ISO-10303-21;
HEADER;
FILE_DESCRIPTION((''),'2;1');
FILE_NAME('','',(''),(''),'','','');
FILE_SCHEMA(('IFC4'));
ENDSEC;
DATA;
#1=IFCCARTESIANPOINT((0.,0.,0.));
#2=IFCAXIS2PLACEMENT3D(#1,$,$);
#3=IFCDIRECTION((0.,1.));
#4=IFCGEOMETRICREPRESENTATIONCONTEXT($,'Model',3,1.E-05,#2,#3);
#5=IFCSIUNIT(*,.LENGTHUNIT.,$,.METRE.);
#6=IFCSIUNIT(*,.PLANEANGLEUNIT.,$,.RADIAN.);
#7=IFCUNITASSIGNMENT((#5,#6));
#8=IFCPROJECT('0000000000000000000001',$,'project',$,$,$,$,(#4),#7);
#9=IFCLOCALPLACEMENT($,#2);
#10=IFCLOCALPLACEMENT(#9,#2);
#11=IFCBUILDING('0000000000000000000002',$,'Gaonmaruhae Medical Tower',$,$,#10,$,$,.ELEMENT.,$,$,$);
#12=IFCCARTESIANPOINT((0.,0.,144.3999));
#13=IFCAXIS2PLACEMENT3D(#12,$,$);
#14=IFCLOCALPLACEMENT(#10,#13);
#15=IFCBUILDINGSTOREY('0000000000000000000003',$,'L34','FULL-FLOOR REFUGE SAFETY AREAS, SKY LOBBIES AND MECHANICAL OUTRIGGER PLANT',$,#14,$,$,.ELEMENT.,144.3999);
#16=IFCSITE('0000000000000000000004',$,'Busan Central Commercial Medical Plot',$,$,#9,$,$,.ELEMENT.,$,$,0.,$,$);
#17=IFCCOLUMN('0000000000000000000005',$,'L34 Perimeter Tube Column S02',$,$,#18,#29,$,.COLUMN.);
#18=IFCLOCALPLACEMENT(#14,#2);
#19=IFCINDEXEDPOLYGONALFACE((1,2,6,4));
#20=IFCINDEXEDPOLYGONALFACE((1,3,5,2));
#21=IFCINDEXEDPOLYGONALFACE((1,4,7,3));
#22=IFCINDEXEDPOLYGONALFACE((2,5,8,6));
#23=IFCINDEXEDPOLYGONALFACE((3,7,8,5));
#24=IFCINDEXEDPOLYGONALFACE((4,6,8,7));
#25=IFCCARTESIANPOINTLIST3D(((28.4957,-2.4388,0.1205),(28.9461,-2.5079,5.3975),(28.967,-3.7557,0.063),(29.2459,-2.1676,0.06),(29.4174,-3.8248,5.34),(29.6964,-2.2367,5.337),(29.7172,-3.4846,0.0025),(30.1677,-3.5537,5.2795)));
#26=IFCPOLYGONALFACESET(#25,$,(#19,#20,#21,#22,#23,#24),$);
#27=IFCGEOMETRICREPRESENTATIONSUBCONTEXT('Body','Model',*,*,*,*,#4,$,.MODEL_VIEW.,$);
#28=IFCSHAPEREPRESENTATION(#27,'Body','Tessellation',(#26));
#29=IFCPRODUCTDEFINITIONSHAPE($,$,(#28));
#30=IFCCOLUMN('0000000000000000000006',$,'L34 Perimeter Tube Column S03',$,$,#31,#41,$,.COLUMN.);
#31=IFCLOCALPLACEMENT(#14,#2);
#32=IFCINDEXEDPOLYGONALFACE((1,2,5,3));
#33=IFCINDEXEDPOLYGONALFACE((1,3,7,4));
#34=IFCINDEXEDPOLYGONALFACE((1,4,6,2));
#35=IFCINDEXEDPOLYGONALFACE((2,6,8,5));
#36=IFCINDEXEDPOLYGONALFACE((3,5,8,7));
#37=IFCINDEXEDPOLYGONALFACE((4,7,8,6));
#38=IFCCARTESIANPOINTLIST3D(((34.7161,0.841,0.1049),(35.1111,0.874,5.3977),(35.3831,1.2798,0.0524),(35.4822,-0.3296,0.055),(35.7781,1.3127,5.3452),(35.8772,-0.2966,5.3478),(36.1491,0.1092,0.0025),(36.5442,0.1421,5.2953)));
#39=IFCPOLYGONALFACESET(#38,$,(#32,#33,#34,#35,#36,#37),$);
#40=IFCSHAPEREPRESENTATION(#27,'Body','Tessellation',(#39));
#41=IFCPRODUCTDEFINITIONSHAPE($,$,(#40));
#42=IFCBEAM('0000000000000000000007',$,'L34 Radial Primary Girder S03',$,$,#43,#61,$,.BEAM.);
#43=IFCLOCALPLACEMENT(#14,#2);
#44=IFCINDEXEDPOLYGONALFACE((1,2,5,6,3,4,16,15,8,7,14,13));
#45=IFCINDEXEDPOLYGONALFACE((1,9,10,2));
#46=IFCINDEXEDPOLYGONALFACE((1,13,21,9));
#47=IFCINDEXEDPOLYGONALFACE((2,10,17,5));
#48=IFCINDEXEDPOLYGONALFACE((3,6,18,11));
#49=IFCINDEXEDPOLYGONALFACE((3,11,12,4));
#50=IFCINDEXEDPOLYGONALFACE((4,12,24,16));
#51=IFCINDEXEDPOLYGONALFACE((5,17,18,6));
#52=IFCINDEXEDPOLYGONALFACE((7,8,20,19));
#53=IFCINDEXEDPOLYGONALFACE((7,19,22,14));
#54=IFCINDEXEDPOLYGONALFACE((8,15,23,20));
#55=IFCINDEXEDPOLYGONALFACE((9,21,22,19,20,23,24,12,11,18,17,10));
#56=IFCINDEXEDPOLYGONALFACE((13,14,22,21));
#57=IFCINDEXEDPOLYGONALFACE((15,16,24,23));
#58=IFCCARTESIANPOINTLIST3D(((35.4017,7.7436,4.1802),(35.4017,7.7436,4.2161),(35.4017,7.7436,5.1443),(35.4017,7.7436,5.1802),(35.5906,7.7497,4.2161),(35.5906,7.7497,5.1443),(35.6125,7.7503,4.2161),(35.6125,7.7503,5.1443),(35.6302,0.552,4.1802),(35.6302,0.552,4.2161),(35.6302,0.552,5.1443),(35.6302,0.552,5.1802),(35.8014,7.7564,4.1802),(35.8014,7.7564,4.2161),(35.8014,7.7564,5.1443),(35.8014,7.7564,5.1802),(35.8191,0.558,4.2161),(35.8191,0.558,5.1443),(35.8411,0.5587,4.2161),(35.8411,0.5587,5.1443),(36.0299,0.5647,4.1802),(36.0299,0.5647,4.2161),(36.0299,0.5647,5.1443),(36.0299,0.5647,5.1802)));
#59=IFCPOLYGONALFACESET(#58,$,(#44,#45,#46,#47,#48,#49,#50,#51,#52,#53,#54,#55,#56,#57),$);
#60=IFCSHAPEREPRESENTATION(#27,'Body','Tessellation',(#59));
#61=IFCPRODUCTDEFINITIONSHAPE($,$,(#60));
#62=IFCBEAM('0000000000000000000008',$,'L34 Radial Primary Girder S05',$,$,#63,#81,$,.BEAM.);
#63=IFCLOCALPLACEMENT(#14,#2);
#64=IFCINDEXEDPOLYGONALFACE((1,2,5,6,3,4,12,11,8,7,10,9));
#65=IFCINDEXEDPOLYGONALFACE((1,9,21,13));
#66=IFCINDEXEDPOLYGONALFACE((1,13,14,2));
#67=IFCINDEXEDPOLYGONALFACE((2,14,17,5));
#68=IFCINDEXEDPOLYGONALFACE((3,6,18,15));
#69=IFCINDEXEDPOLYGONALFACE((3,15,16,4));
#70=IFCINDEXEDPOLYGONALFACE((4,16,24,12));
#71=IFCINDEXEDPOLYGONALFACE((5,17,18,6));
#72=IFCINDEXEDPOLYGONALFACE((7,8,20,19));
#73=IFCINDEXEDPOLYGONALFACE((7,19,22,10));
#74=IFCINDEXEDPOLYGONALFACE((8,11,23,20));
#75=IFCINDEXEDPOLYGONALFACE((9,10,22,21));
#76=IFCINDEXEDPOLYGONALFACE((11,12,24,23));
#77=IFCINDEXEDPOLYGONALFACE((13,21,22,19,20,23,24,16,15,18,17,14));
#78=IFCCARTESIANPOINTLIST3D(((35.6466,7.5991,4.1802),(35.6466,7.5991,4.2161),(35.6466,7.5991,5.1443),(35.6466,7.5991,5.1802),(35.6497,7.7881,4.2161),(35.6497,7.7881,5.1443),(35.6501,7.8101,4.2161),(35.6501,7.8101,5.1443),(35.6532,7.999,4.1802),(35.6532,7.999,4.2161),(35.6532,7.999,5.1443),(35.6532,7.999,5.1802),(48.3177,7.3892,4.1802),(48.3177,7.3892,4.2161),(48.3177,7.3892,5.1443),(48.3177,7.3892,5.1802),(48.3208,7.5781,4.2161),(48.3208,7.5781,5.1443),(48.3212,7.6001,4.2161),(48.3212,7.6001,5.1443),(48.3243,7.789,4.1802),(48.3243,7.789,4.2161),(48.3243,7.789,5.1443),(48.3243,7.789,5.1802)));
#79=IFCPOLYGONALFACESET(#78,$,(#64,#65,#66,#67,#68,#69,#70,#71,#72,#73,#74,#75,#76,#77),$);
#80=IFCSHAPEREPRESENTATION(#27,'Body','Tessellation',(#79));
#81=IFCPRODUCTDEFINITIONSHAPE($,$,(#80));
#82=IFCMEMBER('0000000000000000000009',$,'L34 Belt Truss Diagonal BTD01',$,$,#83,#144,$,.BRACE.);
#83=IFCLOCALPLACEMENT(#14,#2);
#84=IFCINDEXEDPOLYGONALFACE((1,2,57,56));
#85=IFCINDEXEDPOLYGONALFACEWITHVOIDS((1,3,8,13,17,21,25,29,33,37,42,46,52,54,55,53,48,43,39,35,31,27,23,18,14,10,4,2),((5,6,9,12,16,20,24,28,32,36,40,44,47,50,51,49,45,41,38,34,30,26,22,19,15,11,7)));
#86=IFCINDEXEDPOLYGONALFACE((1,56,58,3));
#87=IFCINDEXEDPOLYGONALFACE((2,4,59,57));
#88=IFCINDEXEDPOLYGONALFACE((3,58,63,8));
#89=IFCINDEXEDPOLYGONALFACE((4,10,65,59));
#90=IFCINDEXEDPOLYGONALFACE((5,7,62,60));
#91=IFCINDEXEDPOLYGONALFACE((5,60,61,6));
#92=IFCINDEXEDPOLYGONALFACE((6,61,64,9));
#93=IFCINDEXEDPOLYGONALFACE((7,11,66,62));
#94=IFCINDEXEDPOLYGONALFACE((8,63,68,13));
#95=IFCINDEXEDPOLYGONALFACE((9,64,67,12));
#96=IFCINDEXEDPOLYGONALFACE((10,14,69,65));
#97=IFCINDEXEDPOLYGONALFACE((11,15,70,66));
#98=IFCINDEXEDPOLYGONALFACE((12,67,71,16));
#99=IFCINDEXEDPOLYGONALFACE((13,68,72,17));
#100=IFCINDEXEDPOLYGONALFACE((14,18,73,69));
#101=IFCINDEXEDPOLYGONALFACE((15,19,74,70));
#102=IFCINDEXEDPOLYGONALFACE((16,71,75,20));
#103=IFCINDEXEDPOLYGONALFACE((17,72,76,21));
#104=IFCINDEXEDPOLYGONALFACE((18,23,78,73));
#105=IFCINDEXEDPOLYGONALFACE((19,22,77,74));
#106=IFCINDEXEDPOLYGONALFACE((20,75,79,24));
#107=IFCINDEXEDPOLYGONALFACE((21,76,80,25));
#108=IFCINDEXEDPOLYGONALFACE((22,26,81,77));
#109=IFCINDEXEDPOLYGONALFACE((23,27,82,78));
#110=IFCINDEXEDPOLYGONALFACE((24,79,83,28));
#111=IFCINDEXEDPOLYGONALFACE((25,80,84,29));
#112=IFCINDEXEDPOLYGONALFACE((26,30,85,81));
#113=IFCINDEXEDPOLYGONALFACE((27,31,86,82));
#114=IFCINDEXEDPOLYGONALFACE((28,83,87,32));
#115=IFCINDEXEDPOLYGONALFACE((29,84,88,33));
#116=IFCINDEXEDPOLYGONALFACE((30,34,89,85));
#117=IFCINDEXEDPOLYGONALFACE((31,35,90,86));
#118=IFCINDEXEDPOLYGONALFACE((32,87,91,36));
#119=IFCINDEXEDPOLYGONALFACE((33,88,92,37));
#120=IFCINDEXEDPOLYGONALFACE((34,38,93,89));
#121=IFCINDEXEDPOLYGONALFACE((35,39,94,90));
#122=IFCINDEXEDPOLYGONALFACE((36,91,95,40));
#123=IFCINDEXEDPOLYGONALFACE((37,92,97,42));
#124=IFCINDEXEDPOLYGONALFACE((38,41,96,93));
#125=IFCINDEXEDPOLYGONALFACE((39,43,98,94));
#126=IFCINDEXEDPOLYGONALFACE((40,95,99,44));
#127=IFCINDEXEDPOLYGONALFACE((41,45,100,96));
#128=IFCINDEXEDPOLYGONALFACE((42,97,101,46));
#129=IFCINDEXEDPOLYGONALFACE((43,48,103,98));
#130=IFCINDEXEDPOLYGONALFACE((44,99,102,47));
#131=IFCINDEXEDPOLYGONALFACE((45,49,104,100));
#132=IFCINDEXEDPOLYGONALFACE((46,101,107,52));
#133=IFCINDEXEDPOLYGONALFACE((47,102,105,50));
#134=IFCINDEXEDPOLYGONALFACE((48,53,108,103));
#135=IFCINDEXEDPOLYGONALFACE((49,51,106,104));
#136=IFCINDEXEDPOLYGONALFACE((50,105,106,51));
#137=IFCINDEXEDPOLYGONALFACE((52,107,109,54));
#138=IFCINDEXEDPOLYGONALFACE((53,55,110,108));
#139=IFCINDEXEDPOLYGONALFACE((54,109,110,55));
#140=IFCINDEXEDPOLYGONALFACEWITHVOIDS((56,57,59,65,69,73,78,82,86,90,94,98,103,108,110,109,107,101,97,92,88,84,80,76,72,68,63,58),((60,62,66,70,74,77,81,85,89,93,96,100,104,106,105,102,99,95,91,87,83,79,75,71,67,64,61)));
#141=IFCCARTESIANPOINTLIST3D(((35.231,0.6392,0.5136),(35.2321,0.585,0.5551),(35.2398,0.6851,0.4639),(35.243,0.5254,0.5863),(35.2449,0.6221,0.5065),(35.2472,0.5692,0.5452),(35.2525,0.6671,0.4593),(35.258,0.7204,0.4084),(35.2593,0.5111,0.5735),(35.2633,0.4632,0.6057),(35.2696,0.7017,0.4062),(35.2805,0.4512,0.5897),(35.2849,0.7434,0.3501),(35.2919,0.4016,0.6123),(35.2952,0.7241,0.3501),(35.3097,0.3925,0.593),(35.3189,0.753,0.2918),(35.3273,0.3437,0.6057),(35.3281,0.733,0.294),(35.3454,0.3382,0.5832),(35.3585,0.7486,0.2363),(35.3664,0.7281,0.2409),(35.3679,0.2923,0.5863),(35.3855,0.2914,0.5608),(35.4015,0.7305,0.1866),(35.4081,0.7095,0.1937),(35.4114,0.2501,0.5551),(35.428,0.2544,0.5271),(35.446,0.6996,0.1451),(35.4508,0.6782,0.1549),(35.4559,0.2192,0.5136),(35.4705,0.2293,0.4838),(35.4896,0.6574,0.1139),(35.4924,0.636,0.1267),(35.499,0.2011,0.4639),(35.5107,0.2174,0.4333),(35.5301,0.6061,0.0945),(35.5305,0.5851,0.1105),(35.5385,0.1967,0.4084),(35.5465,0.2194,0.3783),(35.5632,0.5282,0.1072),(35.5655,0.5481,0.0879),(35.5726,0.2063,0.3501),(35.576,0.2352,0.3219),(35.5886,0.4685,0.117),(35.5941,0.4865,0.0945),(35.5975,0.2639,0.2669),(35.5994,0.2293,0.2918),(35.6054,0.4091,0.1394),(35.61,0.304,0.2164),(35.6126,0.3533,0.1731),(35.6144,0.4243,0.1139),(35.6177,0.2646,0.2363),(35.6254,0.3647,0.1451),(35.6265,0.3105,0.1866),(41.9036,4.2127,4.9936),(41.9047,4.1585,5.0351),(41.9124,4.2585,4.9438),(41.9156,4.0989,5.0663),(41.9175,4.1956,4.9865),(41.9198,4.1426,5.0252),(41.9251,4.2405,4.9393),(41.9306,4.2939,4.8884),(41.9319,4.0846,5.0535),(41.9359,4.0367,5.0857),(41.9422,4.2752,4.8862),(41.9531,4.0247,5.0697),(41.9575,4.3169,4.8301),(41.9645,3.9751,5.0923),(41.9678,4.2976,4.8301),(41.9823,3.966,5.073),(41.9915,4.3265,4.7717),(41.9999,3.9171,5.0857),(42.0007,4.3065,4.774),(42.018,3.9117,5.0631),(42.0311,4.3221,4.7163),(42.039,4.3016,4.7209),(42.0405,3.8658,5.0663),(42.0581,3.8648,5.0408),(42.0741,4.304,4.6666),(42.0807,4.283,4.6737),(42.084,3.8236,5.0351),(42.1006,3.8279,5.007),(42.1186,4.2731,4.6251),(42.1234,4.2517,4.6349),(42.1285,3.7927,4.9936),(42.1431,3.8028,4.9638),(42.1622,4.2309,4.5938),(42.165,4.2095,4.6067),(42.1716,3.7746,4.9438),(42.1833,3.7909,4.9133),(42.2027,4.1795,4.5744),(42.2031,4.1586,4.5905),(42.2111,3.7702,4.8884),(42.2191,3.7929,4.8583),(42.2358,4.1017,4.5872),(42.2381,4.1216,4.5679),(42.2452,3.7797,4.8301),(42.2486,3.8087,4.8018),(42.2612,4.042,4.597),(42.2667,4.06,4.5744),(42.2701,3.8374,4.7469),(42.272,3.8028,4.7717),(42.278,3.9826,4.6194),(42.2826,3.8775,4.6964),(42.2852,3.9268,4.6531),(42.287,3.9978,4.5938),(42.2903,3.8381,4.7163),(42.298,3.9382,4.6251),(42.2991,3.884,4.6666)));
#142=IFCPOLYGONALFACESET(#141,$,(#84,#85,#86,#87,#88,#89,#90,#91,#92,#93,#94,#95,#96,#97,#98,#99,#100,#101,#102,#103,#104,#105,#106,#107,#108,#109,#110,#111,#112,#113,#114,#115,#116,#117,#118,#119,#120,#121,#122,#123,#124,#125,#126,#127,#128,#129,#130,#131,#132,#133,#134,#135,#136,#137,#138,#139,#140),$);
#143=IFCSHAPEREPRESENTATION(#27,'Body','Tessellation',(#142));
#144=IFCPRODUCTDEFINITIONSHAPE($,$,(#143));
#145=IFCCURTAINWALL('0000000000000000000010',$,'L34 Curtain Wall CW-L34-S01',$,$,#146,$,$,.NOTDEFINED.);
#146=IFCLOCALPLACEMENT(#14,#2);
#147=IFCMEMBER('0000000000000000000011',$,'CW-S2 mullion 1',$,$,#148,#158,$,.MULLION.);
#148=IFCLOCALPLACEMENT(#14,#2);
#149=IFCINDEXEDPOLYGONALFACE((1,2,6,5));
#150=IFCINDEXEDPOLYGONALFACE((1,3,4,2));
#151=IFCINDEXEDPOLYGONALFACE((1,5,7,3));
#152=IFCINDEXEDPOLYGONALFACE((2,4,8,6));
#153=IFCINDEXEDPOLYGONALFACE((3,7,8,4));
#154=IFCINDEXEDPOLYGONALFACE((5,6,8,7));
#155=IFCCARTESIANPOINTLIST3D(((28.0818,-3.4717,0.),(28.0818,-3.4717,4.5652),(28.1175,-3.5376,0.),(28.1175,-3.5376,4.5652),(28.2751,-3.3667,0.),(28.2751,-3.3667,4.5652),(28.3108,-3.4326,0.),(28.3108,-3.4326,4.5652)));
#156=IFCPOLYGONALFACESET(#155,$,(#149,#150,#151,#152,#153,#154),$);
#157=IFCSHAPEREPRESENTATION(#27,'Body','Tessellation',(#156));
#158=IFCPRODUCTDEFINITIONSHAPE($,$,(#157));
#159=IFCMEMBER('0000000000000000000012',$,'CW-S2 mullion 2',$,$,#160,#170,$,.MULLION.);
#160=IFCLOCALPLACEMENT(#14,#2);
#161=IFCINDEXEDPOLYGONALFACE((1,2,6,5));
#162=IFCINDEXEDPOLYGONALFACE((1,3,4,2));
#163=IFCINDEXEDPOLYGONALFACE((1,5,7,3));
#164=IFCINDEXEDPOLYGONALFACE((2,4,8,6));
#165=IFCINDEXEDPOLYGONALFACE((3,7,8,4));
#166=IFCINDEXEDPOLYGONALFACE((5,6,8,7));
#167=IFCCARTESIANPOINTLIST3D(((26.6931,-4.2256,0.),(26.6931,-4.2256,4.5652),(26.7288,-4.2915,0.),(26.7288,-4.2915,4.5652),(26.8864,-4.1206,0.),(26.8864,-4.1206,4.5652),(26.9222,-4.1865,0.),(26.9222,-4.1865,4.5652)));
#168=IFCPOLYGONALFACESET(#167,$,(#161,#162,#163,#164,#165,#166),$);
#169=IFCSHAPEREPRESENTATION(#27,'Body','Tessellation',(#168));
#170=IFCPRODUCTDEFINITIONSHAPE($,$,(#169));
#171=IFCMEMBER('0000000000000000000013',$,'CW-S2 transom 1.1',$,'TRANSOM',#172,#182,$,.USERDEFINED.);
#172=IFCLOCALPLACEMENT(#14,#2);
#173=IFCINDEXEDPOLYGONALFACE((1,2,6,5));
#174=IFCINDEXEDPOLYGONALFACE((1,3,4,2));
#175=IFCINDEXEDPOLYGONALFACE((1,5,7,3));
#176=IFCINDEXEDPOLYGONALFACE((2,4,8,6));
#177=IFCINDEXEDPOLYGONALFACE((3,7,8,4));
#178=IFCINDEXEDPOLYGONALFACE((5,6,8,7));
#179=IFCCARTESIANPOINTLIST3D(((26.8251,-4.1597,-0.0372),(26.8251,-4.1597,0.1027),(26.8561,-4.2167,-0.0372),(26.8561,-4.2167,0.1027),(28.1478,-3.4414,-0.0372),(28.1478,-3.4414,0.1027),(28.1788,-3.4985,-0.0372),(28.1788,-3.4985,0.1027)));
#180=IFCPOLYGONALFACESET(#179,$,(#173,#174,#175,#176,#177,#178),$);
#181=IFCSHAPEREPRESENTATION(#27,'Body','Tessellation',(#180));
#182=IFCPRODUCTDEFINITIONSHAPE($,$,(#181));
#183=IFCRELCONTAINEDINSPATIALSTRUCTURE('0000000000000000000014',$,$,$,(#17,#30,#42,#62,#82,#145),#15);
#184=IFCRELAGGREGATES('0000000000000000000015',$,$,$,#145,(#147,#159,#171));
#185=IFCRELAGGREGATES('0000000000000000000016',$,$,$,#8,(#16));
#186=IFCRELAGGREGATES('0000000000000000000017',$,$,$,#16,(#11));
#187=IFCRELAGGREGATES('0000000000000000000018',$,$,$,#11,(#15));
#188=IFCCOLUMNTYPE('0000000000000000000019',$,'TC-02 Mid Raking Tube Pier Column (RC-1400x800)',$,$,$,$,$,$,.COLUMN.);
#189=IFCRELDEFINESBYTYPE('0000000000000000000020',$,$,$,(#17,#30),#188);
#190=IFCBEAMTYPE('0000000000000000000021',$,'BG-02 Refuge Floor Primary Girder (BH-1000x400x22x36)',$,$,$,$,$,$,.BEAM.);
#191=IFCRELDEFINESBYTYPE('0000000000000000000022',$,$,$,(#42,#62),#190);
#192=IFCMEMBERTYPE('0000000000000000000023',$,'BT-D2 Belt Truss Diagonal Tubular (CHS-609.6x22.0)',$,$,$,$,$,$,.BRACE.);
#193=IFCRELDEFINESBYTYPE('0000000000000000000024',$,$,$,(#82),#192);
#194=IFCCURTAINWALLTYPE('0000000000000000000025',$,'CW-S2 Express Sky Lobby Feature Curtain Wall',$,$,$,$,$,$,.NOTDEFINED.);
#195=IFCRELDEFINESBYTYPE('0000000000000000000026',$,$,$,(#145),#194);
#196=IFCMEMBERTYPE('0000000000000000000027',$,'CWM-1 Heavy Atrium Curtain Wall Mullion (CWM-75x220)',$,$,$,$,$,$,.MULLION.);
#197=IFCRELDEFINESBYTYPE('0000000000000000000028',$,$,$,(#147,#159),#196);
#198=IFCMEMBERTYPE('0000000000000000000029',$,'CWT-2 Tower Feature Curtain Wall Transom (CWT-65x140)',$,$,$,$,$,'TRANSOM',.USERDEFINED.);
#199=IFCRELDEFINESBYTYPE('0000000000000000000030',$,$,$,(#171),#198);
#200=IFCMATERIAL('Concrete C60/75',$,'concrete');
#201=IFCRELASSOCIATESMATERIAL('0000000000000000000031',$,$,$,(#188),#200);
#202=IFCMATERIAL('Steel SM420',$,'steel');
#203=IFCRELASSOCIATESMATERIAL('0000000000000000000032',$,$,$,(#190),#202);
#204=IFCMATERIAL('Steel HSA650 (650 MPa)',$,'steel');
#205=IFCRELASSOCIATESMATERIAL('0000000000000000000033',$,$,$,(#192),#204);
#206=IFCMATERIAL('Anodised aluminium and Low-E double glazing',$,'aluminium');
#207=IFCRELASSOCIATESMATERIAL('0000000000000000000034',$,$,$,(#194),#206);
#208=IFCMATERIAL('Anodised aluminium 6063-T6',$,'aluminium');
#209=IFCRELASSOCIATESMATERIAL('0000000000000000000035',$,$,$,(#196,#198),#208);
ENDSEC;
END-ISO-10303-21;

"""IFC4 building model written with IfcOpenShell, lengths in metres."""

from ifc_helpers import new_model, si_unit, direction, frame, origin, origin_2d, place, context, subcontext, project, spatial, rectangle, hollow_circle, i_section, extrude, material, material_profile, profile_set, type_object, element, aggregate, save


model = new_model("IFC4")

# Units and contexts
model_context = context("Model", 3, precision=1e-05, world=origin(), true_north=direction((0.0, 1.0)))
body_context = subcontext(model_context, "Body", "Model", "MODEL_VIEW")
ifc_project = project(units=[si_unit("LENGTHUNIT", "METRE"), si_unit("PLANEANGLEUNIT", "RADIAN")], contexts=[model_context])

# Site, building, storey
site_placement = place(None, origin())
site = spatial("IfcSite", under=ifc_project, at=site_placement, Name="Busan Central Commercial Medical Plot", CompositionType="ELEMENT", RefElevation=0.0)
building_placement = place(site_placement, origin())
building = spatial("IfcBuilding", under=site, at=building_placement, Name="Gaonmaruhae Medical Tower", CompositionType="ELEMENT")
storey_placement = place(building_placement, frame((0.0, 0.0, 144.3999)))
storey = spatial("IfcBuildingStorey", under=building, at=storey_placement, Name="L34", Description="FULL-FLOOR REFUGE SAFETY AREAS, SKY LOBBIES AND MECHANICAL OUTRIGGER PLANT", CompositionType="ELEMENT", Elevation=144.3999)

# Columns
ifc_material_1 = material(Name="Concrete C60/75", Category="concrete")
ifc_material_profile_1 = material_profile(ifc_material_1, rectangle(XDim=1.3999, YDim=0.8, at=origin_2d()), Name="RC-1400x800")
ifc_profile_set_1 = profile_set([ifc_material_profile_1], Name="Concrete C60/75")
column_type = type_object("IfcColumnType", Name="TC-02 Mid Raking Tube Pier Column (RC-1400x800)", PredefinedType="COLUMN", material=ifc_profile_set_1)
column_1_placement = place(storey_placement, frame((29.1064, -2.9617, 0.0615), z_axis=(0.085041, -0.013044, 0.996292), x_axis=(-0.336653, 0.940734, 0.041053)))
element("IfcColumn", 1, at=column_1_placement, inside=storey, type_object=column_type, Name="L34 Perimeter Tube Column S02", PredefinedType="COLUMN", context=body_context, shape_type="SweptSolid", body=[
    extrude(rectangle(XDim=1.3999, YDim=0.8, at=origin_2d()), origin(), (0.0, 0.0, 1.0), 5.2966),
])
column_2_placement = place(storey_placement, frame((35.4326, 0.4751, 0.0537), z_axis=(0.074426, 0.00621, 0.997207), x_axis=(-0.54725, 0.83621, 0.035636)))
element("IfcColumn", 2, at=column_2_placement, inside=storey, type_object=column_type, Name="L34 Perimeter Tube Column S03", PredefinedType="COLUMN", context=body_context, shape_type="SweptSolid", body=[
    extrude(rectangle(XDim=1.3999, YDim=0.8, at=origin_2d()), origin(), (0.0, 0.0, 1.0), 5.3076),
])

# Beams
ifc_material_2 = material(Name="Steel SM420", Category="steel")
ifc_material_profile_2 = material_profile(ifc_material_2, i_section(OverallWidth=0.3999, OverallDepth=1.0, WebThickness=0.022, FlangeThickness=0.0359, at=origin_2d()), Name="BH-1000x400x22x36")
ifc_profile_set_2 = profile_set([ifc_material_profile_2], Name="Steel SM420")
beam_type_1 = type_object("IfcBeamType", Name="BG-02 Refuge Floor Primary Girder (BH-1000x400x22x36)", PredefinedType="BEAM", material=ifc_profile_set_2)
beam_1_placement = place(storey_placement, frame((35.6016, 7.75, 4.6802), z_axis=(0.031759, -0.999496, 0.0), x_axis=(0.999496, 0.031759, 0.0)))
element("IfcBeam", 3, at=beam_1_placement, inside=storey, type_object=beam_type_1, Name="L34 Radial Primary Girder S03", PredefinedType="BEAM", context=body_context, shape_type="SweptSolid", body=[
    extrude(i_section(OverallWidth=0.3999, OverallDepth=1.0, WebThickness=0.022, FlangeThickness=0.0359, at=origin_2d()), origin(), (0.0, 0.0, 1.0), 7.1953),
])
beam_2_placement = place(storey_placement, frame((35.6499, 7.7991, 4.6802), z_axis=(0.999863, -0.016568, 0.0), x_axis=(0.016568, 0.999863, 0.0)))
element("IfcBeam", 4, at=beam_2_placement, inside=storey, type_object=beam_type_1, Name="L34 Radial Primary Girder S05", PredefinedType="BEAM", context=body_context, shape_type="SweptSolid", body=[
    extrude(i_section(OverallWidth=0.3999, OverallDepth=1.0, WebThickness=0.022, FlangeThickness=0.0359, at=origin_2d()), origin(), (0.0, 0.0, 1.0), 12.6729),
])

# Member
ifc_material_3 = material(Name="Steel HSA650 (650 MPa)", Category="steel")
ifc_material_profile_3 = material_profile(ifc_material_3, hollow_circle(Radius=0.3047, WallThickness=0.022, at=origin_2d()), Name="CHS-609.6x22.0")
ifc_profile_set_3 = profile_set([ifc_material_profile_3], Name="Steel HSA650 (650 MPa)")
member_type_1 = type_object("IfcMemberType", Name="BT-D2 Belt Truss Diagonal Tubular (CHS-609.6x22.0)", PredefinedType="BRACE", material=ifc_profile_set_3)
member_1_placement = place(storey_placement, frame((35.4287, 0.4749, 0.3501), z_axis=(0.758625, 0.406278, 0.50934), x_axis=(-0.472106, 0.881542, 0.0)))
element("IfcMember", 5, at=member_1_placement, inside=storey, type_object=member_type_1, Name="L34 Belt Truss Diagonal BTD01", PredefinedType="BRACE", context=body_context, shape_type="SweptSolid", body=[
    extrude(hollow_circle(Radius=0.3047, WallThickness=0.022, at=origin_2d()), origin(), (0.0, 0.0, 1.0), 8.7957),
])

# Curtain wall, members
ifc_material_4 = material(Name="Anodised aluminium and Low-E double glazing", Category="aluminium")
curtain_wall_type = type_object("IfcCurtainWallType", Name="CW-S2 Express Sky Lobby Feature Curtain Wall", PredefinedType="NOTDEFINED", material=ifc_material_4)
curtain_wall_placement = place(storey_placement, origin())
curtain_wall = element("IfcCurtainWall", 6, at=curtain_wall_placement, inside=storey, type_object=curtain_wall_type, Name="L34 Curtain Wall CW-L34-S01", PredefinedType="NOTDEFINED")
ifc_material_5 = material(Name="Anodised aluminium 6063-T6", Category="aluminium")
ifc_material_profile_4 = material_profile(ifc_material_5, rectangle(XDim=0.075, YDim=0.22, at=origin_2d()), Name="CWM-75x220")
ifc_profile_set_4 = profile_set([ifc_material_profile_4], Name="Anodised aluminium 6063-T6")
member_type_2 = type_object("IfcMemberType", Name="CWM-1 Heavy Atrium Curtain Wall Mullion (CWM-75x220)", PredefinedType="MULLION", material=ifc_profile_set_4)
member_2_placement = place(storey_placement, frame((28.1963, -3.4521, 0.0), z_axis=(0.0, 0.0, 1.0), x_axis=(0.477169, -0.878811, 0.0)))
member_2 = element("IfcMember", 7, at=member_2_placement, type_object=member_type_2, Name="CW-S2 mullion 1", PredefinedType="MULLION", context=body_context, shape_type="SweptSolid", body=[
    extrude(rectangle(XDim=0.075, YDim=0.22, at=origin_2d()), origin(), (0.0, 0.0, 1.0), 4.5652),
])
member_3_placement = place(storey_placement, frame((26.8076, -4.2061, 0.0), z_axis=(0.0, 0.0, 1.0), x_axis=(0.477169, -0.878811, 0.0)))
member_3 = element("IfcMember", 8, at=member_3_placement, type_object=member_type_2, Name="CW-S2 mullion 2", PredefinedType="MULLION", context=body_context, shape_type="SweptSolid", body=[
    extrude(rectangle(XDim=0.075, YDim=0.22, at=origin_2d()), origin(), (0.0, 0.0, 1.0), 4.5652),
])
ifc_material_profile_5 = material_profile(ifc_material_5, rectangle(XDim=0.0649, YDim=0.1399, at=origin_2d()), Name="CWT-65x140")
ifc_profile_set_5 = profile_set([ifc_material_profile_5], Name="Anodised aluminium 6063-T6")
member_type_3 = type_object("IfcMemberType", Name="CWT-2 Tower Feature Curtain Wall Transom (CWT-65x140)", ElementType="TRANSOM", PredefinedType="USERDEFINED", material=ifc_profile_set_5)
member_4_placement = place(storey_placement, frame((28.1633, -3.47, 0.0327), z_axis=(-0.878799, -0.477192, 0.0), x_axis=(0.477192, -0.878799, 0.0)))
member_4 = element("IfcMember", 9, at=member_4_placement, type_object=member_type_3, Name="CW-S2 transom 1.1", ObjectType="TRANSOM", PredefinedType="USERDEFINED", context=body_context, shape_type="SweptSolid", body=[
    extrude(rectangle(XDim=0.0649, YDim=0.1399, at=origin_2d()), origin(), (0.0, 0.0, 1.0), 1.5051),
])

aggregate(curtain_wall, [member_2, member_3, member_4])

save(model, "model.ifc")
